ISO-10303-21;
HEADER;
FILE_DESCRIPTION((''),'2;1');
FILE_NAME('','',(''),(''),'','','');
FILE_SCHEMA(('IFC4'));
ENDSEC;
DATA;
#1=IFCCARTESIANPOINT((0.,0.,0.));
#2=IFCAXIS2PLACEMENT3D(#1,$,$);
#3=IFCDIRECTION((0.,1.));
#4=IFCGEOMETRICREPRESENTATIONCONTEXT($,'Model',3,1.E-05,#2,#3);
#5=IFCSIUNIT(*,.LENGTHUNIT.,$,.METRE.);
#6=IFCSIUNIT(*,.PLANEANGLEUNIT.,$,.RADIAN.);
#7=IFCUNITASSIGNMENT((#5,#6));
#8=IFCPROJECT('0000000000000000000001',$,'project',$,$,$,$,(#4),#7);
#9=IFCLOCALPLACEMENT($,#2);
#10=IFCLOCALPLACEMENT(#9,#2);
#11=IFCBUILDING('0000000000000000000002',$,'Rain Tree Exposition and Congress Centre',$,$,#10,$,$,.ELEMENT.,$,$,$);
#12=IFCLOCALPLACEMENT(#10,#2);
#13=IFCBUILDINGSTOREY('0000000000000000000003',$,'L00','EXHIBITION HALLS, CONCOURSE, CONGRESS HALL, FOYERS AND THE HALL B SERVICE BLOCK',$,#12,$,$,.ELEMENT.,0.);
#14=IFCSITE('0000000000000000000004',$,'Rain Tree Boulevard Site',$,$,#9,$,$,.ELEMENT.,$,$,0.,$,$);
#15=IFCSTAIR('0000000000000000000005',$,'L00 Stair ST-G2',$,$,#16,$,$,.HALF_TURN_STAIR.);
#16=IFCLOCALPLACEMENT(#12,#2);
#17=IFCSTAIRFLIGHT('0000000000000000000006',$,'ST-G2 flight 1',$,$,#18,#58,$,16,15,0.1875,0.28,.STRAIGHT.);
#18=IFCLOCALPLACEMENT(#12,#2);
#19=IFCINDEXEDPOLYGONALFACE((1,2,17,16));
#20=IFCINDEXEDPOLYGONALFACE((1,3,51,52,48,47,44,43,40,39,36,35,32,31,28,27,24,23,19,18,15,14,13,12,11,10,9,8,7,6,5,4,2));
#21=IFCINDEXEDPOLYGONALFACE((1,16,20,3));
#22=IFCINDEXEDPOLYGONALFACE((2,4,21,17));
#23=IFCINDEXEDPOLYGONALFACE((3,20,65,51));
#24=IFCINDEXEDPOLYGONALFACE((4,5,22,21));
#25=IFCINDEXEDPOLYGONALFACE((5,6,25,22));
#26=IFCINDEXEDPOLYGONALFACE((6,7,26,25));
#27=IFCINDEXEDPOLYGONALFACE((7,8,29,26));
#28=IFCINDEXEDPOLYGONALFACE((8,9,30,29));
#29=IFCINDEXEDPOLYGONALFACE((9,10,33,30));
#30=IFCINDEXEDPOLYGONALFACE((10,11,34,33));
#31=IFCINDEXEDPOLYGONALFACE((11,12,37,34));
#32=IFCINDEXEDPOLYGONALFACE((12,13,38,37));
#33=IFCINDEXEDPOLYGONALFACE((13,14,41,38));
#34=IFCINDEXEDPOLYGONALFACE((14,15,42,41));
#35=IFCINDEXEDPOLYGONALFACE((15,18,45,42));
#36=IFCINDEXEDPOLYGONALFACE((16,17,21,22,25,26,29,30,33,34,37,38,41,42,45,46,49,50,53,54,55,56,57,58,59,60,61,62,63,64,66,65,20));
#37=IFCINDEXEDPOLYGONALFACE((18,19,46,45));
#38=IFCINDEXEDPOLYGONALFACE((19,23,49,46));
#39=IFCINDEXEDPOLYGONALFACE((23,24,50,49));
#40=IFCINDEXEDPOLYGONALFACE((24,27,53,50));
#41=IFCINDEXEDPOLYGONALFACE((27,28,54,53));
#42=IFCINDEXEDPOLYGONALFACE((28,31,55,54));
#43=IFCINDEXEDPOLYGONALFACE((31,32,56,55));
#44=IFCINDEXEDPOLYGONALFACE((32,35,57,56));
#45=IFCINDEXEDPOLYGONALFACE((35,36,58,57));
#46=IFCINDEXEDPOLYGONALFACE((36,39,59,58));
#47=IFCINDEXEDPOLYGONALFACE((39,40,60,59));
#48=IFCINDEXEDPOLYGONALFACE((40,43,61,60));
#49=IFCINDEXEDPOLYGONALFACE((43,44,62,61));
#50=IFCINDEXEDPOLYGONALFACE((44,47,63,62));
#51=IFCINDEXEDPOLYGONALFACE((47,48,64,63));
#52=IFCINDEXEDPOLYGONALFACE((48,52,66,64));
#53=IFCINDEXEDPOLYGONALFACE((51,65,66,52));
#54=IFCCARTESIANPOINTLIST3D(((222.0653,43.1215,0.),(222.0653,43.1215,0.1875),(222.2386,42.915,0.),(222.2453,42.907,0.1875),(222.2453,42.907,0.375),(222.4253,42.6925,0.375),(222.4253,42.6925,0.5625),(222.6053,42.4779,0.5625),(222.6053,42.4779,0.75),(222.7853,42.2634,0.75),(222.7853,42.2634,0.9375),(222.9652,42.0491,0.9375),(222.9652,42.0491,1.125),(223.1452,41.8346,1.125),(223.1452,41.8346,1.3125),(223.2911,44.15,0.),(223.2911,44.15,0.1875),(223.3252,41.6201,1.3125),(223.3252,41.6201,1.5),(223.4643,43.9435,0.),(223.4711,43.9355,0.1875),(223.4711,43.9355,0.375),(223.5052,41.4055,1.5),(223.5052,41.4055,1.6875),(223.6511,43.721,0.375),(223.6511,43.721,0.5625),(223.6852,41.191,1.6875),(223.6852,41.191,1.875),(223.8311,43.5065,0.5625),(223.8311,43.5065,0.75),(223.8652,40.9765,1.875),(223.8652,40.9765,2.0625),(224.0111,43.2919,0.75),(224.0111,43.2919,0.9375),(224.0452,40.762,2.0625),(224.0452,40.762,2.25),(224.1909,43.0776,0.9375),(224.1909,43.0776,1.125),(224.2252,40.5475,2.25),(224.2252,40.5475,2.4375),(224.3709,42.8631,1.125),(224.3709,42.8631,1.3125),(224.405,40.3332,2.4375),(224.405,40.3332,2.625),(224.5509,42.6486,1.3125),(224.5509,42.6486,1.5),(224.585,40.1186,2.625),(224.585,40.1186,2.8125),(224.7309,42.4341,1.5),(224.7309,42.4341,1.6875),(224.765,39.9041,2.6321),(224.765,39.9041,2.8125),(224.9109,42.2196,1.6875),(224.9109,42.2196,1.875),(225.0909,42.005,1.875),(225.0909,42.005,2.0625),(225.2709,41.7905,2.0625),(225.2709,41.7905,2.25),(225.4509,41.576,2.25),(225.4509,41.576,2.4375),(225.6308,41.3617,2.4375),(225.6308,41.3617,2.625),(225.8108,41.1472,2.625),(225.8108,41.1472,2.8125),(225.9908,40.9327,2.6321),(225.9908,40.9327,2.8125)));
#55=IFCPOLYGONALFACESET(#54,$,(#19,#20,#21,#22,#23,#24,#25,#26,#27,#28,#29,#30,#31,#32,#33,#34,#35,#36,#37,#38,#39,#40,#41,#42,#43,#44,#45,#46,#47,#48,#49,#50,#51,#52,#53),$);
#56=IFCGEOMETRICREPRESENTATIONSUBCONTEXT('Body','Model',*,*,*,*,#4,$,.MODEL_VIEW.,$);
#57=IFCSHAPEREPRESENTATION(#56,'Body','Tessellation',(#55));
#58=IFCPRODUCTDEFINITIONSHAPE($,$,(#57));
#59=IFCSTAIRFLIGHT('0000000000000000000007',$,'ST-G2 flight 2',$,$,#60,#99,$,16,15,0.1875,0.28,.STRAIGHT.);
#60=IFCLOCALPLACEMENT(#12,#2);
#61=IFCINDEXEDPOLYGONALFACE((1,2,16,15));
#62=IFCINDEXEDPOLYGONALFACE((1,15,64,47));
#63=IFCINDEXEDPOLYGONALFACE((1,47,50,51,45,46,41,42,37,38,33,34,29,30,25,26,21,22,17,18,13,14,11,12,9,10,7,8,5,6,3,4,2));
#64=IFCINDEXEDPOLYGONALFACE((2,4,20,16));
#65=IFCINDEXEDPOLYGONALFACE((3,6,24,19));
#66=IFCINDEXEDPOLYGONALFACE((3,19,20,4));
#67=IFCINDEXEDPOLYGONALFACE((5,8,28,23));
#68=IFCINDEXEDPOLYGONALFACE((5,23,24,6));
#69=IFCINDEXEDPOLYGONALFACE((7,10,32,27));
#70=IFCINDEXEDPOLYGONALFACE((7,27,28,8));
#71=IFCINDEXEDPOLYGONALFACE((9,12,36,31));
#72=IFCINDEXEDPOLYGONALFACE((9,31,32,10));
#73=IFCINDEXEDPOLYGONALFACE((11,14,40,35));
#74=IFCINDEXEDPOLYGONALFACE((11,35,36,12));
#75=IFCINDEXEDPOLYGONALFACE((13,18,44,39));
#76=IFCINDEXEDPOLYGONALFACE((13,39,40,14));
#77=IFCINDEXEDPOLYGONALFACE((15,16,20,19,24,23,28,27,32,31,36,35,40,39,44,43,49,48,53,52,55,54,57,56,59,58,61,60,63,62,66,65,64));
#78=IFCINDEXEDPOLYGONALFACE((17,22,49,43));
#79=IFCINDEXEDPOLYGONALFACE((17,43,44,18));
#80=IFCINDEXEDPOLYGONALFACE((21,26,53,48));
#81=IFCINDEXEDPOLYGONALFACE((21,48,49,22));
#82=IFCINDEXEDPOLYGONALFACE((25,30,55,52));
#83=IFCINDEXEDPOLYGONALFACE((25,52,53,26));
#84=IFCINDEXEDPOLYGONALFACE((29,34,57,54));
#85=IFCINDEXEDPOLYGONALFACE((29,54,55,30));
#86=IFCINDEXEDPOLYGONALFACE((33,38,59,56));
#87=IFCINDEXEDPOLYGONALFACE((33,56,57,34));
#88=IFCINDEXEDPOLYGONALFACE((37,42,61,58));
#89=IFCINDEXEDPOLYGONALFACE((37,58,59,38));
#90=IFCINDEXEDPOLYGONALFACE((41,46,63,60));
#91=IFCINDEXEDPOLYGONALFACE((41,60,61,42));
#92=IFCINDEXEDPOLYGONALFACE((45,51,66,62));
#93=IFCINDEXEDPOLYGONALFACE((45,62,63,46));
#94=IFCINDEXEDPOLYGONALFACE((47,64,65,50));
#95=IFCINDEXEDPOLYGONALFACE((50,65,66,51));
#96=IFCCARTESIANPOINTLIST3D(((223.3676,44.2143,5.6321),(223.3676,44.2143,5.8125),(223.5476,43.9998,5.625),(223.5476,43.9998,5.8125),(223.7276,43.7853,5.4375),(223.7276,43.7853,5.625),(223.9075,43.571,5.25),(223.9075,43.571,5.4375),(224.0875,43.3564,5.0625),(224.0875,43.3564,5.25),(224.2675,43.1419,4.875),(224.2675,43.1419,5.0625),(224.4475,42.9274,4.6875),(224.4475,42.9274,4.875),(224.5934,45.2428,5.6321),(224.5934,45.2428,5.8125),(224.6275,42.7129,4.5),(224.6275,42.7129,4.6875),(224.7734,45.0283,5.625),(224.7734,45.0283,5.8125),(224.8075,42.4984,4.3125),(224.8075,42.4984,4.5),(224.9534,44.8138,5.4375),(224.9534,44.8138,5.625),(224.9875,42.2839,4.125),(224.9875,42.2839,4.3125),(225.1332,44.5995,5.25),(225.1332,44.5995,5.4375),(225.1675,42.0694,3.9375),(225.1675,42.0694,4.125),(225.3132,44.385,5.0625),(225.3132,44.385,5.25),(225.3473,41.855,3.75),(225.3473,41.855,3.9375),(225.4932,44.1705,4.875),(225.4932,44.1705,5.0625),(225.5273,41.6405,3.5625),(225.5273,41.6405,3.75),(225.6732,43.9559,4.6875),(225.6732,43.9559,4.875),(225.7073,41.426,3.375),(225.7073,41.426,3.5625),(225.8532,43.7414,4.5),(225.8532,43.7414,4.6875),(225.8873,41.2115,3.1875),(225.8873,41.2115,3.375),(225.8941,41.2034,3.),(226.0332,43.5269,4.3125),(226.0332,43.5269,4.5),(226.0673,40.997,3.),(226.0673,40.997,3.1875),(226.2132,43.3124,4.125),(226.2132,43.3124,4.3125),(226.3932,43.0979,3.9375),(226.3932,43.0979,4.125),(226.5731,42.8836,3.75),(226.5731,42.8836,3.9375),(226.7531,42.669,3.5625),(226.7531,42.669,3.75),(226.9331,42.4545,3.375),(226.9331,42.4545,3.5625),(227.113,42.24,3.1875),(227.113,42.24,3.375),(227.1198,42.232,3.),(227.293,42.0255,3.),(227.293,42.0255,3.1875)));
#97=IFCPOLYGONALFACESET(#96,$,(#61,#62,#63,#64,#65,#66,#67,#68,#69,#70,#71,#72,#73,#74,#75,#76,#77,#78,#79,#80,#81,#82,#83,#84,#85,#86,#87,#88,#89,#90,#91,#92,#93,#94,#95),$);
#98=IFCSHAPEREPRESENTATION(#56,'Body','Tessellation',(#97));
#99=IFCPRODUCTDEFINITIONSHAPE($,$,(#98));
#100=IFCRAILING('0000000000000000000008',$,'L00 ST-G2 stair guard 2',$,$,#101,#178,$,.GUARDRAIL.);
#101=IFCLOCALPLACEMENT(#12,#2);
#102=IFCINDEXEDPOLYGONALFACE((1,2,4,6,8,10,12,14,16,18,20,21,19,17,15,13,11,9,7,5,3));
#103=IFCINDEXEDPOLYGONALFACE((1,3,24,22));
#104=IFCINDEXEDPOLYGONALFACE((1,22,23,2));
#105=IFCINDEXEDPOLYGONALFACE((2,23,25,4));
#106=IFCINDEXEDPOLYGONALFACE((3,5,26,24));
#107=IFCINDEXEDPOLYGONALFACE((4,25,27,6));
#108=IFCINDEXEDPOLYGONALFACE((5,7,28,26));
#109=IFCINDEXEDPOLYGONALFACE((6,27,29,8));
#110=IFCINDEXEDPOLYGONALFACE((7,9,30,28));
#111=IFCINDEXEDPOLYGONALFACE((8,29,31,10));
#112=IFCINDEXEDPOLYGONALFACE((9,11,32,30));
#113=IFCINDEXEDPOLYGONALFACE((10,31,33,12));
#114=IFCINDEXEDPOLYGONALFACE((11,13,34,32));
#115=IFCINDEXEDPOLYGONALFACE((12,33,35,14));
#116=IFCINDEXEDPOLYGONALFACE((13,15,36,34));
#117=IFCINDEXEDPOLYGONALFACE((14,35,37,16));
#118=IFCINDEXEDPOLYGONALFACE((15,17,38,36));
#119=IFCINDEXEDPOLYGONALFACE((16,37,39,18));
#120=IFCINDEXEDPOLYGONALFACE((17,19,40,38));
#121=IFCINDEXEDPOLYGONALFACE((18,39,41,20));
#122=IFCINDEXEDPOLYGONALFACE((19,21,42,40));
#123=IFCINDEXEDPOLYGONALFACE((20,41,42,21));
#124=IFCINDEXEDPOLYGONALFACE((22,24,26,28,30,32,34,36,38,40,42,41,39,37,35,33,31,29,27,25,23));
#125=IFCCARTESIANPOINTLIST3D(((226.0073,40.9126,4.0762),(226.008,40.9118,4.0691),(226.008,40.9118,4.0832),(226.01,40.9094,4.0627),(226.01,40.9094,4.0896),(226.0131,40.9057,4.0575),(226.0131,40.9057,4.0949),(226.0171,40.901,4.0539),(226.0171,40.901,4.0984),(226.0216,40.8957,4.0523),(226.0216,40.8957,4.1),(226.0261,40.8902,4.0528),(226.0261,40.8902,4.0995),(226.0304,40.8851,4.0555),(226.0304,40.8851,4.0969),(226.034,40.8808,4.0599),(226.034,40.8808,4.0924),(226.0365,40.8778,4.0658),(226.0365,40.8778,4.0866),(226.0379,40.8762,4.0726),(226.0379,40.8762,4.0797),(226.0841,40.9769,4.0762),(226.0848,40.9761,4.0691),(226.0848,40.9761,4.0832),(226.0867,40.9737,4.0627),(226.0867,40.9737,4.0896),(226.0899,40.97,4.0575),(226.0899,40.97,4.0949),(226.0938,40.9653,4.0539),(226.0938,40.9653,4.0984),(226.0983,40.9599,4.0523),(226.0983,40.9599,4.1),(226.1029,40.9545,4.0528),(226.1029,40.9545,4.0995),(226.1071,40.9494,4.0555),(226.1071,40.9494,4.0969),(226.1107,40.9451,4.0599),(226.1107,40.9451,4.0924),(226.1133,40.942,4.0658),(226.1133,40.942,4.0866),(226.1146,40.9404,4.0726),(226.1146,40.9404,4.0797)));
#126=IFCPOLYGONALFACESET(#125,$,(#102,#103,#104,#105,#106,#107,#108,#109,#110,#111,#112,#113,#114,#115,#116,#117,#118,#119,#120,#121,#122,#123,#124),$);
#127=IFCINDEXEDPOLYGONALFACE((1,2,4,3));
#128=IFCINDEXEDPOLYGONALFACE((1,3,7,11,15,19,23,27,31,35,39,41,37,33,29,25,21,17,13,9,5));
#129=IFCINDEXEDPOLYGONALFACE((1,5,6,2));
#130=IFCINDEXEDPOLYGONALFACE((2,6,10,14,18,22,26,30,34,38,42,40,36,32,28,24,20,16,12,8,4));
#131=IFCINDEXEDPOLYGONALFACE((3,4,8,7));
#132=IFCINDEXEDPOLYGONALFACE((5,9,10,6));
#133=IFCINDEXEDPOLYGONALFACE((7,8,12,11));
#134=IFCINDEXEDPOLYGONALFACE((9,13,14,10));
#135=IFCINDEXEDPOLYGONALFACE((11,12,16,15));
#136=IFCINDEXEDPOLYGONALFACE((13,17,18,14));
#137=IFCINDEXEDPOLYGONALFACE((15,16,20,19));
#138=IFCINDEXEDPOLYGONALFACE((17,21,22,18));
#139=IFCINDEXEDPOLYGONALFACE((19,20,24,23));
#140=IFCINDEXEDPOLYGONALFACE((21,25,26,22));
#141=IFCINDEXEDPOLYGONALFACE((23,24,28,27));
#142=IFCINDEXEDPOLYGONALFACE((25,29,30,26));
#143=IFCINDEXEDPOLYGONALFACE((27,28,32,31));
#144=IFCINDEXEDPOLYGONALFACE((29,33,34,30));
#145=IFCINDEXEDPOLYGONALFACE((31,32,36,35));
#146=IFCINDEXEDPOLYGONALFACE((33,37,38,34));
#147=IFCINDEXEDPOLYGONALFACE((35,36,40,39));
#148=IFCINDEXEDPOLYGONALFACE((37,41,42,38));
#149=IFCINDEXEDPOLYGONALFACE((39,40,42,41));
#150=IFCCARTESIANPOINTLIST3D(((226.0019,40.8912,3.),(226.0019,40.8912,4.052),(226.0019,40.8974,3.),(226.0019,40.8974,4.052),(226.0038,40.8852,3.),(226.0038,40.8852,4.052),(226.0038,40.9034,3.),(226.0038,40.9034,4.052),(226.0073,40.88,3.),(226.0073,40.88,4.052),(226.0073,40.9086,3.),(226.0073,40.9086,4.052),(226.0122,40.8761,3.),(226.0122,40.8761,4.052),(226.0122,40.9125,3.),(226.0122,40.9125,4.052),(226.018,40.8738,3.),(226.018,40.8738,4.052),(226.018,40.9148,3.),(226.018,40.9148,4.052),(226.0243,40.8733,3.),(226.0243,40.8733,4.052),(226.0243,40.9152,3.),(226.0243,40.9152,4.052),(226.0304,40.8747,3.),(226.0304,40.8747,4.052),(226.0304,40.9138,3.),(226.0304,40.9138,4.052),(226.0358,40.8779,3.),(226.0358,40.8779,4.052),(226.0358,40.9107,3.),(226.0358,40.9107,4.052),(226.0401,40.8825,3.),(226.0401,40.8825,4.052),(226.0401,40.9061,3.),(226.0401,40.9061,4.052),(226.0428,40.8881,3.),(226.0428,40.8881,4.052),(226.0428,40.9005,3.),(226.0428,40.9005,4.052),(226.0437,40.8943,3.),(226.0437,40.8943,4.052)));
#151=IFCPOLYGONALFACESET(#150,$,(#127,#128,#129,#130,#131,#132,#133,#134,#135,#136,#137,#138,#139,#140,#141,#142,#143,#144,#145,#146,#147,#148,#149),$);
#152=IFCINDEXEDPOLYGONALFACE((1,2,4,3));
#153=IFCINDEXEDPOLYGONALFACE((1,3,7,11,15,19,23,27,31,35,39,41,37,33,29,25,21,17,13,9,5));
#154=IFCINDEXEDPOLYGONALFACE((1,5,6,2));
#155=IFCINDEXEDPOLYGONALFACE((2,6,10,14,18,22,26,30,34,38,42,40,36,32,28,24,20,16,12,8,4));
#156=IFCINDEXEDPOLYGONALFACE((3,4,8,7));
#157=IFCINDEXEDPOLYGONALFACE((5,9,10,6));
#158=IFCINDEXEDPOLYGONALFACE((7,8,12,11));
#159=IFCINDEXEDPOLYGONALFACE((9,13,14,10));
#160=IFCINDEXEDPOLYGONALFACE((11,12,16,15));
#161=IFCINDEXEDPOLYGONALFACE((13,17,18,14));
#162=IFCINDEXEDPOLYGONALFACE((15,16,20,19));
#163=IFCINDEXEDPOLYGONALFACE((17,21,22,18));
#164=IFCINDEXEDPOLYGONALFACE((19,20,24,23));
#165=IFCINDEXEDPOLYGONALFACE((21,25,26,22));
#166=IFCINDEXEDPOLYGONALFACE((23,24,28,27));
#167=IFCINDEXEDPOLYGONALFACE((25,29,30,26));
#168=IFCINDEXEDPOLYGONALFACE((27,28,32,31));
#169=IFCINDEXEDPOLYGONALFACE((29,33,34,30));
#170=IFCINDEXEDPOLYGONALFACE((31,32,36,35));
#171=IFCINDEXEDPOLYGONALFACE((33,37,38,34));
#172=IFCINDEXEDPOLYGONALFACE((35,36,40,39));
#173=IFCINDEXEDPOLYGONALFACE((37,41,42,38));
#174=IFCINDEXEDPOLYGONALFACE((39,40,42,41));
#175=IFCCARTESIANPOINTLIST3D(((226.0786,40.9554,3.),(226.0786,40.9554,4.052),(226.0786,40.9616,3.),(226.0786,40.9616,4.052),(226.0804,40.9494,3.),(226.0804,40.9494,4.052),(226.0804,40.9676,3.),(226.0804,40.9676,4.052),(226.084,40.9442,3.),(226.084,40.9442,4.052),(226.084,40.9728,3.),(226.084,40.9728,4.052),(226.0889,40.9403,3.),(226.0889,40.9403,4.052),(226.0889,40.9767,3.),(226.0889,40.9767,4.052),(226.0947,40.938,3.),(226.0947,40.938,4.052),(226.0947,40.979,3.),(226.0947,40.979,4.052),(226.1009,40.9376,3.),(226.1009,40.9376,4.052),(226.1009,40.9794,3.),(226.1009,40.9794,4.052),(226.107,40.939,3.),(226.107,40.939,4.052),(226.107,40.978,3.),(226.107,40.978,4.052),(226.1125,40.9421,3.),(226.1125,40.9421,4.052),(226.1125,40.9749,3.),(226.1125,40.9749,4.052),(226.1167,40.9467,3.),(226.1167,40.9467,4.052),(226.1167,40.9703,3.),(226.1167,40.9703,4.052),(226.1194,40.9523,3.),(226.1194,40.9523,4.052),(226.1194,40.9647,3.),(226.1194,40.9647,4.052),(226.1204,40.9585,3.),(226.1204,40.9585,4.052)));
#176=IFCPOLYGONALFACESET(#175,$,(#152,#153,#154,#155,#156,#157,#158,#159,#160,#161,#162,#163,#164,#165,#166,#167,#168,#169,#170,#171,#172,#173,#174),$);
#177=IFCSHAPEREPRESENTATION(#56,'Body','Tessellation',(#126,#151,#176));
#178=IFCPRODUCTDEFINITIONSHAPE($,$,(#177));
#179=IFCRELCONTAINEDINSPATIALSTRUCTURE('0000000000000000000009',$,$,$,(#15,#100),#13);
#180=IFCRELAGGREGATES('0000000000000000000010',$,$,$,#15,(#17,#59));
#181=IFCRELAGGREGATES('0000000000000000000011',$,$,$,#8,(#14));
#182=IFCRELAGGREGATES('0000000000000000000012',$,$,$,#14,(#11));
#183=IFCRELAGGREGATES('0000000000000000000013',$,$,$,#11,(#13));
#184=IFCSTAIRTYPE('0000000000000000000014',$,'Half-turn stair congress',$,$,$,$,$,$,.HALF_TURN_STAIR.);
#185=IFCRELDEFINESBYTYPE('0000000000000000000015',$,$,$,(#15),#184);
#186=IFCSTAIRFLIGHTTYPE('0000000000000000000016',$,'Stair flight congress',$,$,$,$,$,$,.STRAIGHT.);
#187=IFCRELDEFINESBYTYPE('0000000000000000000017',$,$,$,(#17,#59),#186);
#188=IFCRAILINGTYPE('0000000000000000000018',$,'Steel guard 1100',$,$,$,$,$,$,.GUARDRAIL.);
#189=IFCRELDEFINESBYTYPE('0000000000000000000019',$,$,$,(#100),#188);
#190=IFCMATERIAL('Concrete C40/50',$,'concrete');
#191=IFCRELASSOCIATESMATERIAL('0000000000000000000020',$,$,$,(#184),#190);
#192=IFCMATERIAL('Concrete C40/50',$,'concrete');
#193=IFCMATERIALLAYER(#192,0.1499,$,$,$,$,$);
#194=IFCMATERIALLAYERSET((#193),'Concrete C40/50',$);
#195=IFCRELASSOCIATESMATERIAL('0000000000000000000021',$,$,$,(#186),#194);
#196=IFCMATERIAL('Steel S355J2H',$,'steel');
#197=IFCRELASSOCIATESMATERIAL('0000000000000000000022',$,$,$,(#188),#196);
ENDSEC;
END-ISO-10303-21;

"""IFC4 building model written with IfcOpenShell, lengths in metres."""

from ifc_helpers import new_model, si_unit, direction, frame, origin, origin_2d, place, context, subcontext, project, spatial, polyline, circle, outline, extrude, material, layer, layer_set, type_object, element, aggregate, save


model = new_model("IFC4")

# Units and contexts
model_context = context("Model", 3, precision=1e-05, world=origin(), true_north=direction((0.0, 1.0)))
body_context = subcontext(model_context, "Body", "Model", "MODEL_VIEW")
ifc_project = project(units=[si_unit("LENGTHUNIT", "METRE"), si_unit("PLANEANGLEUNIT", "RADIAN")], contexts=[model_context])

# Site, building, storey
site_placement = place(None, origin())
site = spatial("IfcSite", under=ifc_project, at=site_placement, Name="Rain Tree Boulevard Site", CompositionType="ELEMENT", RefElevation=0.0)
building_placement = place(site_placement, origin())
building = spatial("IfcBuilding", under=site, at=building_placement, Name="Rain Tree Exposition and Congress Centre", CompositionType="ELEMENT")
storey_placement = place(building_placement, origin())
storey = spatial("IfcBuildingStorey", under=building, at=storey_placement, Name="L00", Description="EXHIBITION HALLS, CONCOURSE, CONGRESS HALL, FOYERS AND THE HALL B SERVICE BLOCK", CompositionType="ELEMENT", Elevation=0.0)

# Stair
ifc_material_1 = material(Name="Concrete C40/50", Category="concrete")
stair_type = type_object("IfcStairType", Name="Half-turn stair congress", PredefinedType="HALF_TURN_STAIR", material=ifc_material_1)
stair_placement = place(storey_placement, origin())
stair = element("IfcStair", 1, at=stair_placement, inside=storey, type_object=stair_type, Name="L00 Stair ST-G2", PredefinedType="HALF_TURN_STAIR")

# Stair flights
ifc_material_2 = material(Name="Concrete C40/50", Category="concrete")
ifc_layer_1 = layer(ifc_material_2, 0.1499)
ifc_layer_set_1 = layer_set([ifc_layer_1], Name="Concrete C40/50")
stair_flight_type = type_object("IfcStairFlightType", Name="Stair flight congress", PredefinedType="STRAIGHT", material=ifc_layer_set_1)
stair_flight_1_placement = place(storey_placement, frame((222.6782, 43.6357, 0.0), z_axis=(0.0, 0.0, 1.0), x_axis=(0.642788, -0.766044, 0.0)))
stair_flight_1 = element("IfcStairFlight", 2, at=stair_flight_1_placement, type_object=stair_flight_type, Name="ST-G2 flight 1", NumberOfRisers=16, NumberOfTreads=15, PredefinedType="STRAIGHT", RiserHeight=0.1875, TreadLength=0.28, context=body_context, shape_type="SweptSolid", body=[
    extrude(outline(polyline([(0.0, 0.0), (0.0, 0.1875), (0.28, 0.1875), (0.28, 0.375), (0.5601, 0.375), (0.5601, 0.5625), (0.8401, 0.5625), (0.8401, 0.75), (1.1201, 0.75), (1.1201, 0.9375), (1.3999, 0.9375), (1.3999, 1.125), (1.6799, 1.125), (1.6799, 1.3125), (1.96, 1.3125), (1.96, 1.5), (2.24, 1.5), (2.24, 1.6875), (2.52, 1.6875), (2.52, 1.875), (2.8, 1.875), (2.8, 2.0625), (3.0801, 2.0625), (3.0801, 2.25), (3.3601, 2.25), (3.3601, 2.4375), (3.6399, 2.4375), (3.6399, 2.625), (3.9199, 2.625), (3.9199, 2.8125), (4.2, 2.8125), (4.2, 3.0), (4.2, 2.6321), (0.2695, 0.0), (0.0, 0.0)])), frame((0.0, 0.8, 0.0), z_axis=(0.0, -1.0, 0.0), x_axis=(1.0, 0.0, 0.0)), (0.0, 0.0, 1.0), 1.6001),
])
stair_flight_2_placement = place(storey_placement, frame((226.6802, 41.5112, 3.0), z_axis=(0.0, 0.0, 1.0), x_axis=(-0.642788, 0.766044, 0.0)))
stair_flight_2 = element("IfcStairFlight", 3, at=stair_flight_2_placement, type_object=stair_flight_type, Name="ST-G2 flight 2", NumberOfRisers=16, NumberOfTreads=15, PredefinedType="STRAIGHT", RiserHeight=0.1875, TreadLength=0.28, context=body_context, shape_type="SweptSolid", body=[
    extrude(outline(polyline([(0.0, 0.0), (0.0, 0.1875), (0.28, 0.1875), (0.28, 0.375), (0.5601, 0.375), (0.5601, 0.5625), (0.8401, 0.5625), (0.8401, 0.75), (1.1201, 0.75), (1.1201, 0.9375), (1.3999, 0.9375), (1.3999, 1.125), (1.6799, 1.125), (1.6799, 1.3125), (1.96, 1.3125), (1.96, 1.5), (2.24, 1.5), (2.24, 1.6875), (2.52, 1.6875), (2.52, 1.875), (2.8, 1.875), (2.8, 2.0625), (3.0801, 2.0625), (3.0801, 2.25), (3.3601, 2.25), (3.3601, 2.4375), (3.6399, 2.4375), (3.6399, 2.625), (3.9199, 2.625), (3.9199, 2.8125), (4.2, 2.8125), (4.2, 3.0), (4.2, 2.6321), (0.2695, 0.0), (0.0, 0.0)])), frame((0.0, 0.8, 0.0), z_axis=(0.0, -1.0, 0.0), x_axis=(1.0, 0.0, 0.0)), (0.0, 0.0, 1.0), 1.6001),
])
aggregate(stair, [stair_flight_1, stair_flight_2])

# Railing
ifc_material_3 = material(Name="Steel S355J2H", Category="steel")
railing_type_1 = type_object("IfcRailingType", Name="Steel guard 1100", PredefinedType="GUARDRAIL", material=ifc_material_3)
railing_1_placement = place(storey_placement, frame((226.0227, 40.8943, 3.0)))
element("IfcRailing", 4, at=railing_1_placement, inside=storey, type_object=railing_type_1, Name="L00 ST-G2 stair guard 2", PredefinedType="GUARDRAIL", context=body_context, shape_type="SweptSolid", body=[
    extrude(circle(Radius=0.0239, at=origin_2d()), frame((0.0, 0.0, 1.0762), z_axis=(0.766618, 0.642104, 0.0), x_axis=(-0.642104, 0.766618, 0.0)), (0.0, 0.0, 1.0), 0.1001),
    extrude(circle(Radius=0.021, at=origin_2d()), origin(), (0.0, 0.0, 1.0), 1.052),
    extrude(circle(Radius=0.021, at=origin_2d()), frame((0.0767, 0.0642, 0.0)), (0.0, 0.0, 1.0), 1.052),
])

save(model, "model.ifc")
